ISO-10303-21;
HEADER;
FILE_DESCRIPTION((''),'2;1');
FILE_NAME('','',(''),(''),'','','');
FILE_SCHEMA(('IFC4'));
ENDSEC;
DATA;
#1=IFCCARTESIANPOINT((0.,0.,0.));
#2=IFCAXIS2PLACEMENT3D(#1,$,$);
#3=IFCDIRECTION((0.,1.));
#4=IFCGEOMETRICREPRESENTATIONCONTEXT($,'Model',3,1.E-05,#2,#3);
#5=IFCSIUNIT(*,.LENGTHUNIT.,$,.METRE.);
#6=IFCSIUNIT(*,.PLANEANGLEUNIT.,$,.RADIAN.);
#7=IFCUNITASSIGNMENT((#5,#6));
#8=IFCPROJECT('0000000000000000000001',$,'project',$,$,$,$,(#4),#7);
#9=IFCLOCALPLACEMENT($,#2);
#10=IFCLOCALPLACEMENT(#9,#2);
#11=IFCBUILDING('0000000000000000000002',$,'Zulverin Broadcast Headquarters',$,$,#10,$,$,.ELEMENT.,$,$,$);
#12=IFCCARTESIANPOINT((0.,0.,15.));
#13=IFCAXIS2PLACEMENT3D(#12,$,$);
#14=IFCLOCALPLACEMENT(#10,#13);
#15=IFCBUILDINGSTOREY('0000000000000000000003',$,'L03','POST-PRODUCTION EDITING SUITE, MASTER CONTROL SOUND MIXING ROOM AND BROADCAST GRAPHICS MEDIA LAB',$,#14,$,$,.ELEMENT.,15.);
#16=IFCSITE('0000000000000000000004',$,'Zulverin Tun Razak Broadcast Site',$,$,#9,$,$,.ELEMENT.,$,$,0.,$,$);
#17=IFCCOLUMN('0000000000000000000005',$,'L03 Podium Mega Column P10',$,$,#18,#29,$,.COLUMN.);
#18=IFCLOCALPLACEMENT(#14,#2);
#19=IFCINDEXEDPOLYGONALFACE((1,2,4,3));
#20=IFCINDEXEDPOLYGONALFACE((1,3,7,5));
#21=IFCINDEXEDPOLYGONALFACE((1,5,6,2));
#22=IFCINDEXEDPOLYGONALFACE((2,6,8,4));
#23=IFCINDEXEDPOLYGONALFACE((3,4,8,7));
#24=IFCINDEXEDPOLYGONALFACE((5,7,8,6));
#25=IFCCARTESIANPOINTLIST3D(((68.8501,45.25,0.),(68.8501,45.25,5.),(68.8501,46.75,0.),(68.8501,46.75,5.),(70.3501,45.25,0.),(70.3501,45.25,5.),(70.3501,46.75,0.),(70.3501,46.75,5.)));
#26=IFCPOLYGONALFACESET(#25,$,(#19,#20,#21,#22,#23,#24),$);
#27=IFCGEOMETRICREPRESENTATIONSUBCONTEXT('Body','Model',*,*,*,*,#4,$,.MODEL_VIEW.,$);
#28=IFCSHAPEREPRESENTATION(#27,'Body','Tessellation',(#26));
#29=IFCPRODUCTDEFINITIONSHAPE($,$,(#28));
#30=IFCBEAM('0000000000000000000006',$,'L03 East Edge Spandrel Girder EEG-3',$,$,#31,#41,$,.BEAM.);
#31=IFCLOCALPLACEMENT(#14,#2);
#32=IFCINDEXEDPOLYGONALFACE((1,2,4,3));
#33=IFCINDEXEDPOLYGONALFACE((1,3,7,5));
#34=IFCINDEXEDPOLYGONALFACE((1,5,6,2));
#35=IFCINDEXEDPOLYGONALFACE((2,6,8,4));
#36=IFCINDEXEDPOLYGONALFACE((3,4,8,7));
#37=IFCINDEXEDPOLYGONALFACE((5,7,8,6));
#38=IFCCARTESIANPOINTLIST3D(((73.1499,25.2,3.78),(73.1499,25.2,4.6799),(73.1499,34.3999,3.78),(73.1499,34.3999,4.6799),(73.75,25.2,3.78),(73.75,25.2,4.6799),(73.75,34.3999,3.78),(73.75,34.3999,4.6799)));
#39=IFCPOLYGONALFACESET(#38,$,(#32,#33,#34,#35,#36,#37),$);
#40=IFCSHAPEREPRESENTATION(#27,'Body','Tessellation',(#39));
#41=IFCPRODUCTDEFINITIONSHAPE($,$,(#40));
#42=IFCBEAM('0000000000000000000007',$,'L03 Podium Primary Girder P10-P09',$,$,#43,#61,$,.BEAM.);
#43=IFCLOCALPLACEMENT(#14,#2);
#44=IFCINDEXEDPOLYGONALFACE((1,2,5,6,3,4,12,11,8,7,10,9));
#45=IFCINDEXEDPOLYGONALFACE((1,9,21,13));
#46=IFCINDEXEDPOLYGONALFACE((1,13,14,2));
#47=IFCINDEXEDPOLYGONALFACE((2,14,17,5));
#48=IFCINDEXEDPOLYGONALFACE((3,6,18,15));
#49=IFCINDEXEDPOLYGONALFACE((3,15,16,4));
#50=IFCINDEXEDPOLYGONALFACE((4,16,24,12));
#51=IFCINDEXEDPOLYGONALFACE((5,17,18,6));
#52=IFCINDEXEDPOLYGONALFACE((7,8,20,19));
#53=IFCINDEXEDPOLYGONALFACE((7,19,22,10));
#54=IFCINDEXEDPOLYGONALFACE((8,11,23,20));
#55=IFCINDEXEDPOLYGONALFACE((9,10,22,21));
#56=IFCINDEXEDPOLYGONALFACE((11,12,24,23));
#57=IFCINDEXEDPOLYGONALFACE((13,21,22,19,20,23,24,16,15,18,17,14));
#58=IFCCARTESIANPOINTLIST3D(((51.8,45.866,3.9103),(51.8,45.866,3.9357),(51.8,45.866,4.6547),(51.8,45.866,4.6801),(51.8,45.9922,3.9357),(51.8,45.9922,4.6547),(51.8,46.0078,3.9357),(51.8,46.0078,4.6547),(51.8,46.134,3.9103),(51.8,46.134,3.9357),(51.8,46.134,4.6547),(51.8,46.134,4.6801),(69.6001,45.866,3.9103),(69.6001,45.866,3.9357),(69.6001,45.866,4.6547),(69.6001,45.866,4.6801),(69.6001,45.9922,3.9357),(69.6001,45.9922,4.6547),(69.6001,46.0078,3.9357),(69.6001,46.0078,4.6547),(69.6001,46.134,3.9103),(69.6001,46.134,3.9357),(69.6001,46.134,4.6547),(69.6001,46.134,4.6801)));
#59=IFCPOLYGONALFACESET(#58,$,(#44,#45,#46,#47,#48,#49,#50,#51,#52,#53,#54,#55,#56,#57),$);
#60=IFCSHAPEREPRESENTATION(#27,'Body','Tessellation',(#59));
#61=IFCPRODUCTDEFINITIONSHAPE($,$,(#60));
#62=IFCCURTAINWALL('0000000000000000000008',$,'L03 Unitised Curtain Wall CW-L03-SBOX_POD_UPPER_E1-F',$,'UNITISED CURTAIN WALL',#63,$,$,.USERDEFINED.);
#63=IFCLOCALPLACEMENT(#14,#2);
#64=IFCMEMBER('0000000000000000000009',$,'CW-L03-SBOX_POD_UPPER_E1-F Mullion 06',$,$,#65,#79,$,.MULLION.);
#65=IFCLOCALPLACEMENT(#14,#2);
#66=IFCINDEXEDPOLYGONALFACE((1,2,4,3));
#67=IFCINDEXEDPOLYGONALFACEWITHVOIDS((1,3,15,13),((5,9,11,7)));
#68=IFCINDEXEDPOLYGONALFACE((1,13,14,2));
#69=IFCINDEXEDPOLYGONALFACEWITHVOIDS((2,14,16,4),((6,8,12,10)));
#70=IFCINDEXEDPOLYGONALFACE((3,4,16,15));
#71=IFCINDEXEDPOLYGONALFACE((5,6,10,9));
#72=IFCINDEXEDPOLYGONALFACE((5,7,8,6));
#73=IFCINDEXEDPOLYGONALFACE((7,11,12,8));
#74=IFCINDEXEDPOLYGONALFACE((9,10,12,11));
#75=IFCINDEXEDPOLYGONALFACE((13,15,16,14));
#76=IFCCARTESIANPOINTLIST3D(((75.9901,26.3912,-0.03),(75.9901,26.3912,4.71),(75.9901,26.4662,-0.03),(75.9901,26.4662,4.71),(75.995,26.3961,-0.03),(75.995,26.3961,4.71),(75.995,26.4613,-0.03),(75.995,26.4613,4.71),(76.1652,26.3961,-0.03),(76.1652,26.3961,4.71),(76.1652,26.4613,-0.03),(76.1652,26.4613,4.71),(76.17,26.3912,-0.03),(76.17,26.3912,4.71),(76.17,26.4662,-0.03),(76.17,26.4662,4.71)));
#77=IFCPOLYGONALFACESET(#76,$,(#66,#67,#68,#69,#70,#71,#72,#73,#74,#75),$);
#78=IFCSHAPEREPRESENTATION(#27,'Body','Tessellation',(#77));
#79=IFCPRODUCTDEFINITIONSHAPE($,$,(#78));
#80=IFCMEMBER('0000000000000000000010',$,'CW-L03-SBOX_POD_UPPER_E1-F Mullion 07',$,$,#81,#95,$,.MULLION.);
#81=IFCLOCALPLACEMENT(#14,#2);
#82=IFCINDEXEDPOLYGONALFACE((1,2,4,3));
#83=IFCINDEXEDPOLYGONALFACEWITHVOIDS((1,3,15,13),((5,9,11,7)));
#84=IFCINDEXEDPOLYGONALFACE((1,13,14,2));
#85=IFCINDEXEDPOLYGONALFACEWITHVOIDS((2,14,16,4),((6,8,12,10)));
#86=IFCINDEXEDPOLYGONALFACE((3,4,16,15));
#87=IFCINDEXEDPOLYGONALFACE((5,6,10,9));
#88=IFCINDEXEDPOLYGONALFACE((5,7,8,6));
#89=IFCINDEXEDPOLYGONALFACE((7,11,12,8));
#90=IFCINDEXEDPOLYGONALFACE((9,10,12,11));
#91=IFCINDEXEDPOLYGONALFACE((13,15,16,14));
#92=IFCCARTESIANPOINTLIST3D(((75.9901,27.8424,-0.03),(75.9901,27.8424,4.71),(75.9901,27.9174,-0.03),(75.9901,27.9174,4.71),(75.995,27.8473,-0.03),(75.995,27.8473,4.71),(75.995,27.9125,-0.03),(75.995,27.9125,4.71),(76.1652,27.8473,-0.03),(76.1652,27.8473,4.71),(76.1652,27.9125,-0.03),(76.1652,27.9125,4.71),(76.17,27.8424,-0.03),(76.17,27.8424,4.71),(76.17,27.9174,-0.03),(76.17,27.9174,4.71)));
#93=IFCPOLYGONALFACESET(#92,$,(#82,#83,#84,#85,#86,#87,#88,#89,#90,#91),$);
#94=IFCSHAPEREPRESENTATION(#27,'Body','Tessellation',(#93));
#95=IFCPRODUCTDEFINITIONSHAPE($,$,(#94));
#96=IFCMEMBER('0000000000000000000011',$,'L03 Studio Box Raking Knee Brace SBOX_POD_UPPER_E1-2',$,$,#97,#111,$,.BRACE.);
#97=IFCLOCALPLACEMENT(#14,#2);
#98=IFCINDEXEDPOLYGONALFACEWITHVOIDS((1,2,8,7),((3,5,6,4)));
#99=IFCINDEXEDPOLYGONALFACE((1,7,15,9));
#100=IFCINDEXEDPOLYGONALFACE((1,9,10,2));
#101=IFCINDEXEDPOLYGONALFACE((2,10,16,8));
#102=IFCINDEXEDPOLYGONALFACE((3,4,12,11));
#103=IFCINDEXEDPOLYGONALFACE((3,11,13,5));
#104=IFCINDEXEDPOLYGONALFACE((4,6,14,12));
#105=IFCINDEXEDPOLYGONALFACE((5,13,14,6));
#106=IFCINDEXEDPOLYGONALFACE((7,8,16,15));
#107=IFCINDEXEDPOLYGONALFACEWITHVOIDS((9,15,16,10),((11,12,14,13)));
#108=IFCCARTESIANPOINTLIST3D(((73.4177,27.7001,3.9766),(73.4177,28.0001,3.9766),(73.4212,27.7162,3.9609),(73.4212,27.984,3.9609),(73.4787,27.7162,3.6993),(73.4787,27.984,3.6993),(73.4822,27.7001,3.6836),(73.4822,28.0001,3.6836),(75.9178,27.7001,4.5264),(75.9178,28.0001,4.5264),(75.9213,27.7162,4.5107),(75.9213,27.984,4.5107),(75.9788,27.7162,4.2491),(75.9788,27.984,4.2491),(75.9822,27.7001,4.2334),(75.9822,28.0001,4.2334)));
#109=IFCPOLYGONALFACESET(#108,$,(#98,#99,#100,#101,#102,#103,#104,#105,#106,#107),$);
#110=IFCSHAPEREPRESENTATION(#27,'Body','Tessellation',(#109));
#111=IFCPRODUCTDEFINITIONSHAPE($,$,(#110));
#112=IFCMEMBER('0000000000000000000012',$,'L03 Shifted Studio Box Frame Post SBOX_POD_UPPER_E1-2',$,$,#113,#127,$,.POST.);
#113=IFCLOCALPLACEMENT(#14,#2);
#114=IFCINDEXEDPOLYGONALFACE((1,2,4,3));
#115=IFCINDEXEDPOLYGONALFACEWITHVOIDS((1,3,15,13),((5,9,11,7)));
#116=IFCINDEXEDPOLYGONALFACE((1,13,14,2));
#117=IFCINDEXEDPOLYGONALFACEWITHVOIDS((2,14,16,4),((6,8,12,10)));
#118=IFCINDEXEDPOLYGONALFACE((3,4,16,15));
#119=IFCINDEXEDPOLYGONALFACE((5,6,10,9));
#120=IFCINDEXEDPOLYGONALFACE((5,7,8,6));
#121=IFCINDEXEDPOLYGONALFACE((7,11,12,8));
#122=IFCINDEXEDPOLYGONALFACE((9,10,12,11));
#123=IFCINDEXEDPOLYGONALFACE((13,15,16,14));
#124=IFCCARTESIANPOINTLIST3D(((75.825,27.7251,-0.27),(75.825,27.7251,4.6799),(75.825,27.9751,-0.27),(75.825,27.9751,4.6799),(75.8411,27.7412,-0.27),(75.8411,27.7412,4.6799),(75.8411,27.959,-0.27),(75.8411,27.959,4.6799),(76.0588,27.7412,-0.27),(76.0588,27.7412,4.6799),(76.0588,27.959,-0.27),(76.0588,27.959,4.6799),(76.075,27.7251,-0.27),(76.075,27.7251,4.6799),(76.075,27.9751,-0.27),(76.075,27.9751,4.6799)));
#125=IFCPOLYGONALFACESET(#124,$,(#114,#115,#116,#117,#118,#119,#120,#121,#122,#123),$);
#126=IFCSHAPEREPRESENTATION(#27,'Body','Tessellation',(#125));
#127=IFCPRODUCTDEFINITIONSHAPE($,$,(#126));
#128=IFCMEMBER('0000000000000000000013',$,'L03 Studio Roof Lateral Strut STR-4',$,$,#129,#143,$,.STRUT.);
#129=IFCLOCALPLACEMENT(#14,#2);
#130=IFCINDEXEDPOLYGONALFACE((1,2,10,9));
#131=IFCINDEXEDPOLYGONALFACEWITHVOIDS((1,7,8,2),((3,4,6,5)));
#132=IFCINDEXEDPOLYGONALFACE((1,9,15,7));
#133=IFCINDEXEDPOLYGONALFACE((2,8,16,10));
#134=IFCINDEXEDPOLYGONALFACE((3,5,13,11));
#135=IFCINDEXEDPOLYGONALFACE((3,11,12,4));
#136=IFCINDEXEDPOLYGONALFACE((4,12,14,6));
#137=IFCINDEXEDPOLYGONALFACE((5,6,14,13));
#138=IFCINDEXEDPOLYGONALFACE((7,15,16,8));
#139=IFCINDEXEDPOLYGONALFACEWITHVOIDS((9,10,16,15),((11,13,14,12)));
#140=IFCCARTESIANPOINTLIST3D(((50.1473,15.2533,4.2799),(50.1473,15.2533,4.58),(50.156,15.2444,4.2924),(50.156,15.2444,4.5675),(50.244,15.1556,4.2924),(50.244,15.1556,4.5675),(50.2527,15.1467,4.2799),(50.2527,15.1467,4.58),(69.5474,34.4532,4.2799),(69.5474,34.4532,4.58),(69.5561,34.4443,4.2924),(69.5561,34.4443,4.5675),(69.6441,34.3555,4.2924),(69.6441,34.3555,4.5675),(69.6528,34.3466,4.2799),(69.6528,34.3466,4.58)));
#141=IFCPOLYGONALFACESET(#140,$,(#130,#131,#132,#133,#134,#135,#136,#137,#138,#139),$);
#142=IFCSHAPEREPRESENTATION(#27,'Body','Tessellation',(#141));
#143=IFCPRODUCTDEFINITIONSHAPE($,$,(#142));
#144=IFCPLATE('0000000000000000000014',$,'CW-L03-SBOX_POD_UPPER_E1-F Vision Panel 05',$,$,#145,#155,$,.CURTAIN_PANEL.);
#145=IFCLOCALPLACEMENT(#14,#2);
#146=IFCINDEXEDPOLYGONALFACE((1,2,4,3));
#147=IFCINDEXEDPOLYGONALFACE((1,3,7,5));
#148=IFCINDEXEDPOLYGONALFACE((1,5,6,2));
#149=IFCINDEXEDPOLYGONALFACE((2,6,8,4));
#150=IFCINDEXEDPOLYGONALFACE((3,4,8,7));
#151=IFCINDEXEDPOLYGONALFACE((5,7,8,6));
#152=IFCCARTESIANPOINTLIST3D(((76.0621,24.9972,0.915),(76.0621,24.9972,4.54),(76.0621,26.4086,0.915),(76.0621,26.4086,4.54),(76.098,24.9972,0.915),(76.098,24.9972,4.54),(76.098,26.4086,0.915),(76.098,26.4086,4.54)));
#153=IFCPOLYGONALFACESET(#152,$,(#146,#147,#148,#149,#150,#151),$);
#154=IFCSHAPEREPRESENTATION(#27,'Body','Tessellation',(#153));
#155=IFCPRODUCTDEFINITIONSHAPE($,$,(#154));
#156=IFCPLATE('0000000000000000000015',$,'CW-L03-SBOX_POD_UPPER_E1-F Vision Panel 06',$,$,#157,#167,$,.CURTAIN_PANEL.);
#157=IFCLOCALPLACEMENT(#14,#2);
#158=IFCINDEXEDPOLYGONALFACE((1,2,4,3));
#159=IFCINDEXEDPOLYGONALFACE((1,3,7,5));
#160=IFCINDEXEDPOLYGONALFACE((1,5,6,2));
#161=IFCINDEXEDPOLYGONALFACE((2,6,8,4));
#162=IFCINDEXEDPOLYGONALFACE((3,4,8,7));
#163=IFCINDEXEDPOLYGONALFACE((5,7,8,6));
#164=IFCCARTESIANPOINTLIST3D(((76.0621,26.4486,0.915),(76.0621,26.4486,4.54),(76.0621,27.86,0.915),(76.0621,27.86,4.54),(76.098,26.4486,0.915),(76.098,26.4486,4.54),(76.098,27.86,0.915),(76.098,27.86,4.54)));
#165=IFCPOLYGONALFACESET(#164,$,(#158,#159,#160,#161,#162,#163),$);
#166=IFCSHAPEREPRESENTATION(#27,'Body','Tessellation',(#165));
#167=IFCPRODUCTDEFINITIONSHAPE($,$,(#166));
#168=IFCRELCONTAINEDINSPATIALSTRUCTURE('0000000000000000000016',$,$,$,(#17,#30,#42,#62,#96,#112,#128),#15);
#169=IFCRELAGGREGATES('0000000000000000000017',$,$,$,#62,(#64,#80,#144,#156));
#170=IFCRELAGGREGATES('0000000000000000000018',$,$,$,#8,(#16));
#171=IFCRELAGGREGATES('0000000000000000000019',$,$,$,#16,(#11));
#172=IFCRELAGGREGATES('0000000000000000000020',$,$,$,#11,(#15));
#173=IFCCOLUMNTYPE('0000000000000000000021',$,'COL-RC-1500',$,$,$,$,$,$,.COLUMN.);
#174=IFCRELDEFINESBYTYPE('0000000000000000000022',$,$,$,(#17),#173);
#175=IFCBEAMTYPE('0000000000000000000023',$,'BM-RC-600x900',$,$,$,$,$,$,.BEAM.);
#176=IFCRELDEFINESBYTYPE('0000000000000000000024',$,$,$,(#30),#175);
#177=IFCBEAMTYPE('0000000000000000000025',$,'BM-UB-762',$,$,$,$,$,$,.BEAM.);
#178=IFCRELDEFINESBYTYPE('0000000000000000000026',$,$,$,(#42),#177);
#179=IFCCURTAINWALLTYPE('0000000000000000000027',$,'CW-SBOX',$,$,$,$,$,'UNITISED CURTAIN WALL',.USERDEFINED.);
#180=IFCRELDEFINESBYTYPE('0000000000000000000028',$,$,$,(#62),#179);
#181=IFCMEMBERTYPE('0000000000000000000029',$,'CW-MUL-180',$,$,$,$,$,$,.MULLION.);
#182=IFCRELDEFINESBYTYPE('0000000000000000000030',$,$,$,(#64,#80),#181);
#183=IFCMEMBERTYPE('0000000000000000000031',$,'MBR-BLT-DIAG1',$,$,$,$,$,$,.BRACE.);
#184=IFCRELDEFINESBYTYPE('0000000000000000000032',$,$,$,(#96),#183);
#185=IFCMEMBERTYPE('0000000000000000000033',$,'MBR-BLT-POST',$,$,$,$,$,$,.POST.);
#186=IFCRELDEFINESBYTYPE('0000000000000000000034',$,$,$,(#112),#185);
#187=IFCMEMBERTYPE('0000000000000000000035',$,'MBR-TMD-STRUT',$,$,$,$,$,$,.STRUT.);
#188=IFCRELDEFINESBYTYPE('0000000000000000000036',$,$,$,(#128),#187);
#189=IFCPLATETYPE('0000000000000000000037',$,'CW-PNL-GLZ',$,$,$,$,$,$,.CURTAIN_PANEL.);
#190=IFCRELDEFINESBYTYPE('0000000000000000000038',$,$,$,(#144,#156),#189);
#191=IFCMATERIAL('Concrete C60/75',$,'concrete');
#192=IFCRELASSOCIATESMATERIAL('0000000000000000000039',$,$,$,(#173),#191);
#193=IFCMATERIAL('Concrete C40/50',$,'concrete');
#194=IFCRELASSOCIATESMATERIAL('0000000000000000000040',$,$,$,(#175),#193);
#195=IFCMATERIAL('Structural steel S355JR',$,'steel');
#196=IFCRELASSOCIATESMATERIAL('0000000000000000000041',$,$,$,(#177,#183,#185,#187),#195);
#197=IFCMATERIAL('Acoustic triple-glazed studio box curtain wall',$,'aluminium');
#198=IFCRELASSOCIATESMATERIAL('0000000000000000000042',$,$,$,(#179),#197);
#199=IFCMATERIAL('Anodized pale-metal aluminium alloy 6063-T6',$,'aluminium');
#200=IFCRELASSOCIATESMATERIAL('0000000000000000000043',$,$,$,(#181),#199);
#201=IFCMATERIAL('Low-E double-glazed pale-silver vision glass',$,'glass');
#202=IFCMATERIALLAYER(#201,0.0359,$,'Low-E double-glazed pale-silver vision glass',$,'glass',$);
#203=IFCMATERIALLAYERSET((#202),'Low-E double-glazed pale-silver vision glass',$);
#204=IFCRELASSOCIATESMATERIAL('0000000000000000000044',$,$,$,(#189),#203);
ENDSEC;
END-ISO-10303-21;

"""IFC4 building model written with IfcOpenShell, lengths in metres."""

from ifc_helpers import new_model, si_unit, direction, frame, origin, origin_2d, place, context, subcontext, project, spatial, rectangle, hollow_rectangle, i_section, extrude, material, layer, layer_set, material_profile, profile_set, type_object, element, aggregate, save


model = new_model("IFC4")

# Units and contexts
model_context = context("Model", 3, precision=1e-05, world=origin(), true_north=direction((0.0, 1.0)))
body_context = subcontext(model_context, "Body", "Model", "MODEL_VIEW")
ifc_project = project(units=[si_unit("LENGTHUNIT", "METRE"), si_unit("PLANEANGLEUNIT", "RADIAN")], contexts=[model_context])

# Site, building, storey
site_placement = place(None, origin())
site = spatial("IfcSite", under=ifc_project, at=site_placement, Name="Zulverin Tun Razak Broadcast Site", CompositionType="ELEMENT", RefElevation=0.0)
building_placement = place(site_placement, origin())
building = spatial("IfcBuilding", under=site, at=building_placement, Name="Zulverin Broadcast Headquarters", CompositionType="ELEMENT")
storey_placement = place(building_placement, frame((0.0, 0.0, 15.0)))
storey = spatial("IfcBuildingStorey", under=building, at=storey_placement, Name="L03", Description="POST-PRODUCTION EDITING SUITE, MASTER CONTROL SOUND MIXING ROOM AND BROADCAST GRAPHICS MEDIA LAB", CompositionType="ELEMENT", Elevation=15.0)

# Column
ifc_material_1 = material(Name="Concrete C60/75", Category="concrete")
ifc_material_profile_1 = material_profile(ifc_material_1, rectangle(XDim=1.5, YDim=1.5, at=origin_2d()), Name="Concrete C60/75", Category="concrete")
ifc_profile_set_1 = profile_set([ifc_material_profile_1], Name="Concrete C60/75")
column_type = type_object("IfcColumnType", Name="COL-RC-1500", PredefinedType="COLUMN", material=ifc_profile_set_1)
column_placement = place(storey_placement, frame((69.6001, 46.0, 0.0), z_axis=(0.0, 0.0, 1.0), x_axis=(1.0, 0.0, 0.0)))
element("IfcColumn", 1, at=column_placement, inside=storey, type_object=column_type, Name="L03 Podium Mega Column P10", PredefinedType="COLUMN", context=body_context, shape_type="SweptSolid", body=[
    extrude(rectangle(XDim=1.5, YDim=1.5, at=origin_2d()), origin(), (0.0, 0.0, 1.0), 5.0),
])

# Beams
ifc_material_2 = material(Name="Concrete C40/50", Category="concrete")
ifc_material_profile_2 = material_profile(ifc_material_2, rectangle(XDim=0.6001, YDim=0.8999, at=origin_2d()), Name="Concrete C40/50", Category="concrete")
ifc_profile_set_2 = profile_set([ifc_material_profile_2], Name="Concrete C40/50")
beam_type_1 = type_object("IfcBeamType", Name="BM-RC-600x900", PredefinedType="BEAM", material=ifc_profile_set_2)
beam_1_placement = place(storey_placement, frame((73.45, 25.2, 4.23), z_axis=(0.0, 1.0, 0.0), x_axis=(-1.0, 0.0, 0.0)))
element("IfcBeam", 2, at=beam_1_placement, inside=storey, type_object=beam_type_1, Name="L03 East Edge Spandrel Girder EEG-3", PredefinedType="BEAM", context=body_context, shape_type="SweptSolid", body=[
    extrude(rectangle(XDim=0.6001, YDim=0.8999, at=origin_2d()), origin(), (0.0, 0.0, 1.0), 9.2),
])
ifc_material_3 = material(Name="Structural steel S355JR", Category="steel")
ifc_material_profile_3 = material_profile(ifc_material_3, i_section(OverallWidth=0.2681, OverallDepth=0.7698, WebThickness=0.0156, FlangeThickness=0.0254, at=origin_2d()), Name="Structural steel S355JR", Category="steel")
ifc_profile_set_3 = profile_set([ifc_material_profile_3], Name="Structural steel S355JR")
beam_type_2 = type_object("IfcBeamType", Name="BM-UB-762", PredefinedType="BEAM", material=ifc_profile_set_3)
beam_2_placement = place(storey_placement, frame((69.6001, 46.0, 4.2952), z_axis=(-1.0, 0.0, 0.0), x_axis=(0.0, -1.0, 0.0)))
element("IfcBeam", 3, at=beam_2_placement, inside=storey, type_object=beam_type_2, Name="L03 Podium Primary Girder P10-P09", PredefinedType="BEAM", context=body_context, shape_type="SweptSolid", body=[
    extrude(i_section(OverallWidth=0.2681, OverallDepth=0.7698, WebThickness=0.0156, FlangeThickness=0.0254, at=origin_2d()), origin(), (0.0, 0.0, 1.0), 17.8),
])

# Curtain wall, members
ifc_material_4 = material(Name="Acoustic triple-glazed studio box curtain wall", Category="aluminium")
curtain_wall_type = type_object("IfcCurtainWallType", Name="CW-SBOX", ElementType="UNITISED CURTAIN WALL", PredefinedType="USERDEFINED", material=ifc_material_4)
curtain_wall_placement = place(storey_placement, origin())
curtain_wall = element("IfcCurtainWall", 4, at=curtain_wall_placement, inside=storey, type_object=curtain_wall_type, Name="L03 Unitised Curtain Wall CW-L03-SBOX_POD_UPPER_E1-F", ObjectType="UNITISED CURTAIN WALL", PredefinedType="USERDEFINED")
ifc_material_5 = material(Name="Anodized pale-metal aluminium alloy 6063-T6", Category="aluminium")
ifc_material_profile_4 = material_profile(ifc_material_5, hollow_rectangle(XDim=0.075, YDim=0.1799, WallThickness=0.0049, at=origin_2d()), Name="Anodized pale-metal aluminium alloy 6063-T6", Category="aluminium")
ifc_profile_set_4 = profile_set([ifc_material_profile_4], Name="Anodized pale-metal aluminium alloy 6063-T6")
member_type_1 = type_object("IfcMemberType", Name="CW-MUL-180", PredefinedType="MULLION", material=ifc_profile_set_4)
member_1_placement = place(storey_placement, frame((76.0801, 26.4287, -0.03), z_axis=(0.0, 0.0, 1.0), x_axis=(0.0, 1.0, 0.0)))
member_1 = element("IfcMember", 5, at=member_1_placement, type_object=member_type_1, Name="CW-L03-SBOX_POD_UPPER_E1-F Mullion 06", PredefinedType="MULLION", context=body_context, shape_type="SweptSolid", body=[
    extrude(hollow_rectangle(XDim=0.075, YDim=0.1799, WallThickness=0.0049, at=origin_2d()), origin(), (0.0, 0.0, 1.0), 4.74),
])
member_2_placement = place(storey_placement, frame((76.0801, 27.8799, -0.03), z_axis=(0.0, 0.0, 1.0), x_axis=(0.0, 1.0, 0.0)))
member_2 = element("IfcMember", 6, at=member_2_placement, type_object=member_type_1, Name="CW-L03-SBOX_POD_UPPER_E1-F Mullion 07", PredefinedType="MULLION", context=body_context, shape_type="SweptSolid", body=[
    extrude(hollow_rectangle(XDim=0.075, YDim=0.1799, WallThickness=0.0049, at=origin_2d()), origin(), (0.0, 0.0, 1.0), 4.74),
])

# Members
ifc_material_profile_5 = material_profile(ifc_material_3, hollow_rectangle(XDim=0.3, YDim=0.3, WallThickness=0.0161, at=origin_2d()), Name="Structural steel S355JR", Category="steel")
ifc_profile_set_5 = profile_set([ifc_material_profile_5], Name="Structural steel S355JR")
member_type_2 = type_object("IfcMemberType", Name="MBR-BLT-DIAG1", PredefinedType="BRACE", material=ifc_profile_set_5)
member_3_placement = place(storey_placement, frame((73.45, 27.8501, 3.8301), z_axis=(0.97666, 0.0, 0.214789), x_axis=(0.0, 1.0, 0.0)))
element("IfcMember", 7, at=member_3_placement, inside=storey, type_object=member_type_2, Name="L03 Studio Box Raking Knee Brace SBOX_POD_UPPER_E1-2", PredefinedType="BRACE", context=body_context, shape_type="SweptSolid", body=[
    extrude(hollow_rectangle(XDim=0.3, YDim=0.3, WallThickness=0.0161, at=origin_2d()), origin(), (0.0, 0.0, 1.0), 2.5598),
])
ifc_material_profile_6 = material_profile(ifc_material_3, hollow_rectangle(XDim=0.25, YDim=0.25, WallThickness=0.0161, at=origin_2d()), Name="Structural steel S355JR", Category="steel")
ifc_profile_set_6 = profile_set([ifc_material_profile_6], Name="Structural steel S355JR")
member_type_3 = type_object("IfcMemberType", Name="MBR-BLT-POST", PredefinedType="POST", material=ifc_profile_set_6)
member_4_placement = place(storey_placement, frame((75.95, 27.8501, -0.27), z_axis=(0.0, 0.0, 1.0), x_axis=(1.0, 0.0, 0.0)))
element("IfcMember", 8, at=member_4_placement, inside=storey, type_object=member_type_3, Name="L03 Shifted Studio Box Frame Post SBOX_POD_UPPER_E1-2", PredefinedType="POST", context=body_context, shape_type="SweptSolid", body=[
    extrude(hollow_rectangle(XDim=0.25, YDim=0.25, WallThickness=0.0161, at=origin_2d()), origin(), (0.0, 0.0, 1.0), 4.95),
])
ifc_material_profile_7 = material_profile(ifc_material_3, hollow_rectangle(XDim=0.1499, YDim=0.3, WallThickness=0.0125, at=origin_2d()), Name="Structural steel S355JR", Category="steel")
ifc_profile_set_7 = profile_set([ifc_material_profile_7], Name="Structural steel S355JR")
member_type_4 = type_object("IfcMemberType", Name="MBR-TMD-STRUT", PredefinedType="STRUT", material=ifc_profile_set_7)
member_5_placement = place(storey_placement, frame((69.6001, 34.3999, 4.4299), z_axis=(-0.710765, -0.70343, 0.0), x_axis=(0.70343, -0.710765, 0.0)))
element("IfcMember", 9, at=member_5_placement, inside=storey, type_object=member_type_4, Name="L03 Studio Roof Lateral Strut STR-4", PredefinedType="STRUT", context=body_context, shape_type="SweptSolid", body=[
    extrude(hollow_rectangle(XDim=0.1499, YDim=0.3, WallThickness=0.0125, at=origin_2d()), origin(), (0.0, 0.0, 1.0), 27.2947),
])

# Plates
ifc_material_6 = material(Name="Low-E double-glazed pale-silver vision glass", Category="glass")
ifc_layer_1 = layer(ifc_material_6, 0.0359, Name="Low-E double-glazed pale-silver vision glass", Category="glass")
ifc_layer_set_1 = layer_set([ifc_layer_1], Name="Low-E double-glazed pale-silver vision glass")
plate_type_1 = type_object("IfcPlateType", Name="CW-PNL-GLZ", PredefinedType="CURTAIN_PANEL", material=ifc_layer_set_1)
plate_1_placement = place(storey_placement, frame((76.0801, 25.7029, 0.915), z_axis=(0.0, 0.0, 1.0), x_axis=(0.0, 1.0, 0.0)))
plate_1 = element("IfcPlate", 10, at=plate_1_placement, type_object=plate_type_1, Name="CW-L03-SBOX_POD_UPPER_E1-F Vision Panel 05", PredefinedType="CURTAIN_PANEL", context=body_context, shape_type="SweptSolid", body=[
    extrude(rectangle(XDim=1.4114, YDim=0.0359, at=origin_2d()), origin(), (0.0, 0.0, 1.0), 3.625),
])
plate_2_placement = place(storey_placement, frame((76.0801, 27.1543, 0.915), z_axis=(0.0, 0.0, 1.0), x_axis=(0.0, 1.0, 0.0)))
plate_2 = element("IfcPlate", 11, at=plate_2_placement, type_object=plate_type_1, Name="CW-L03-SBOX_POD_UPPER_E1-F Vision Panel 06", PredefinedType="CURTAIN_PANEL", context=body_context, shape_type="SweptSolid", body=[
    extrude(rectangle(XDim=1.4114, YDim=0.0359, at=origin_2d()), origin(), (0.0, 0.0, 1.0), 3.625),
])
aggregate(curtain_wall, [member_1, member_2, plate_1, plate_2])

save(model, "model.ifc")
